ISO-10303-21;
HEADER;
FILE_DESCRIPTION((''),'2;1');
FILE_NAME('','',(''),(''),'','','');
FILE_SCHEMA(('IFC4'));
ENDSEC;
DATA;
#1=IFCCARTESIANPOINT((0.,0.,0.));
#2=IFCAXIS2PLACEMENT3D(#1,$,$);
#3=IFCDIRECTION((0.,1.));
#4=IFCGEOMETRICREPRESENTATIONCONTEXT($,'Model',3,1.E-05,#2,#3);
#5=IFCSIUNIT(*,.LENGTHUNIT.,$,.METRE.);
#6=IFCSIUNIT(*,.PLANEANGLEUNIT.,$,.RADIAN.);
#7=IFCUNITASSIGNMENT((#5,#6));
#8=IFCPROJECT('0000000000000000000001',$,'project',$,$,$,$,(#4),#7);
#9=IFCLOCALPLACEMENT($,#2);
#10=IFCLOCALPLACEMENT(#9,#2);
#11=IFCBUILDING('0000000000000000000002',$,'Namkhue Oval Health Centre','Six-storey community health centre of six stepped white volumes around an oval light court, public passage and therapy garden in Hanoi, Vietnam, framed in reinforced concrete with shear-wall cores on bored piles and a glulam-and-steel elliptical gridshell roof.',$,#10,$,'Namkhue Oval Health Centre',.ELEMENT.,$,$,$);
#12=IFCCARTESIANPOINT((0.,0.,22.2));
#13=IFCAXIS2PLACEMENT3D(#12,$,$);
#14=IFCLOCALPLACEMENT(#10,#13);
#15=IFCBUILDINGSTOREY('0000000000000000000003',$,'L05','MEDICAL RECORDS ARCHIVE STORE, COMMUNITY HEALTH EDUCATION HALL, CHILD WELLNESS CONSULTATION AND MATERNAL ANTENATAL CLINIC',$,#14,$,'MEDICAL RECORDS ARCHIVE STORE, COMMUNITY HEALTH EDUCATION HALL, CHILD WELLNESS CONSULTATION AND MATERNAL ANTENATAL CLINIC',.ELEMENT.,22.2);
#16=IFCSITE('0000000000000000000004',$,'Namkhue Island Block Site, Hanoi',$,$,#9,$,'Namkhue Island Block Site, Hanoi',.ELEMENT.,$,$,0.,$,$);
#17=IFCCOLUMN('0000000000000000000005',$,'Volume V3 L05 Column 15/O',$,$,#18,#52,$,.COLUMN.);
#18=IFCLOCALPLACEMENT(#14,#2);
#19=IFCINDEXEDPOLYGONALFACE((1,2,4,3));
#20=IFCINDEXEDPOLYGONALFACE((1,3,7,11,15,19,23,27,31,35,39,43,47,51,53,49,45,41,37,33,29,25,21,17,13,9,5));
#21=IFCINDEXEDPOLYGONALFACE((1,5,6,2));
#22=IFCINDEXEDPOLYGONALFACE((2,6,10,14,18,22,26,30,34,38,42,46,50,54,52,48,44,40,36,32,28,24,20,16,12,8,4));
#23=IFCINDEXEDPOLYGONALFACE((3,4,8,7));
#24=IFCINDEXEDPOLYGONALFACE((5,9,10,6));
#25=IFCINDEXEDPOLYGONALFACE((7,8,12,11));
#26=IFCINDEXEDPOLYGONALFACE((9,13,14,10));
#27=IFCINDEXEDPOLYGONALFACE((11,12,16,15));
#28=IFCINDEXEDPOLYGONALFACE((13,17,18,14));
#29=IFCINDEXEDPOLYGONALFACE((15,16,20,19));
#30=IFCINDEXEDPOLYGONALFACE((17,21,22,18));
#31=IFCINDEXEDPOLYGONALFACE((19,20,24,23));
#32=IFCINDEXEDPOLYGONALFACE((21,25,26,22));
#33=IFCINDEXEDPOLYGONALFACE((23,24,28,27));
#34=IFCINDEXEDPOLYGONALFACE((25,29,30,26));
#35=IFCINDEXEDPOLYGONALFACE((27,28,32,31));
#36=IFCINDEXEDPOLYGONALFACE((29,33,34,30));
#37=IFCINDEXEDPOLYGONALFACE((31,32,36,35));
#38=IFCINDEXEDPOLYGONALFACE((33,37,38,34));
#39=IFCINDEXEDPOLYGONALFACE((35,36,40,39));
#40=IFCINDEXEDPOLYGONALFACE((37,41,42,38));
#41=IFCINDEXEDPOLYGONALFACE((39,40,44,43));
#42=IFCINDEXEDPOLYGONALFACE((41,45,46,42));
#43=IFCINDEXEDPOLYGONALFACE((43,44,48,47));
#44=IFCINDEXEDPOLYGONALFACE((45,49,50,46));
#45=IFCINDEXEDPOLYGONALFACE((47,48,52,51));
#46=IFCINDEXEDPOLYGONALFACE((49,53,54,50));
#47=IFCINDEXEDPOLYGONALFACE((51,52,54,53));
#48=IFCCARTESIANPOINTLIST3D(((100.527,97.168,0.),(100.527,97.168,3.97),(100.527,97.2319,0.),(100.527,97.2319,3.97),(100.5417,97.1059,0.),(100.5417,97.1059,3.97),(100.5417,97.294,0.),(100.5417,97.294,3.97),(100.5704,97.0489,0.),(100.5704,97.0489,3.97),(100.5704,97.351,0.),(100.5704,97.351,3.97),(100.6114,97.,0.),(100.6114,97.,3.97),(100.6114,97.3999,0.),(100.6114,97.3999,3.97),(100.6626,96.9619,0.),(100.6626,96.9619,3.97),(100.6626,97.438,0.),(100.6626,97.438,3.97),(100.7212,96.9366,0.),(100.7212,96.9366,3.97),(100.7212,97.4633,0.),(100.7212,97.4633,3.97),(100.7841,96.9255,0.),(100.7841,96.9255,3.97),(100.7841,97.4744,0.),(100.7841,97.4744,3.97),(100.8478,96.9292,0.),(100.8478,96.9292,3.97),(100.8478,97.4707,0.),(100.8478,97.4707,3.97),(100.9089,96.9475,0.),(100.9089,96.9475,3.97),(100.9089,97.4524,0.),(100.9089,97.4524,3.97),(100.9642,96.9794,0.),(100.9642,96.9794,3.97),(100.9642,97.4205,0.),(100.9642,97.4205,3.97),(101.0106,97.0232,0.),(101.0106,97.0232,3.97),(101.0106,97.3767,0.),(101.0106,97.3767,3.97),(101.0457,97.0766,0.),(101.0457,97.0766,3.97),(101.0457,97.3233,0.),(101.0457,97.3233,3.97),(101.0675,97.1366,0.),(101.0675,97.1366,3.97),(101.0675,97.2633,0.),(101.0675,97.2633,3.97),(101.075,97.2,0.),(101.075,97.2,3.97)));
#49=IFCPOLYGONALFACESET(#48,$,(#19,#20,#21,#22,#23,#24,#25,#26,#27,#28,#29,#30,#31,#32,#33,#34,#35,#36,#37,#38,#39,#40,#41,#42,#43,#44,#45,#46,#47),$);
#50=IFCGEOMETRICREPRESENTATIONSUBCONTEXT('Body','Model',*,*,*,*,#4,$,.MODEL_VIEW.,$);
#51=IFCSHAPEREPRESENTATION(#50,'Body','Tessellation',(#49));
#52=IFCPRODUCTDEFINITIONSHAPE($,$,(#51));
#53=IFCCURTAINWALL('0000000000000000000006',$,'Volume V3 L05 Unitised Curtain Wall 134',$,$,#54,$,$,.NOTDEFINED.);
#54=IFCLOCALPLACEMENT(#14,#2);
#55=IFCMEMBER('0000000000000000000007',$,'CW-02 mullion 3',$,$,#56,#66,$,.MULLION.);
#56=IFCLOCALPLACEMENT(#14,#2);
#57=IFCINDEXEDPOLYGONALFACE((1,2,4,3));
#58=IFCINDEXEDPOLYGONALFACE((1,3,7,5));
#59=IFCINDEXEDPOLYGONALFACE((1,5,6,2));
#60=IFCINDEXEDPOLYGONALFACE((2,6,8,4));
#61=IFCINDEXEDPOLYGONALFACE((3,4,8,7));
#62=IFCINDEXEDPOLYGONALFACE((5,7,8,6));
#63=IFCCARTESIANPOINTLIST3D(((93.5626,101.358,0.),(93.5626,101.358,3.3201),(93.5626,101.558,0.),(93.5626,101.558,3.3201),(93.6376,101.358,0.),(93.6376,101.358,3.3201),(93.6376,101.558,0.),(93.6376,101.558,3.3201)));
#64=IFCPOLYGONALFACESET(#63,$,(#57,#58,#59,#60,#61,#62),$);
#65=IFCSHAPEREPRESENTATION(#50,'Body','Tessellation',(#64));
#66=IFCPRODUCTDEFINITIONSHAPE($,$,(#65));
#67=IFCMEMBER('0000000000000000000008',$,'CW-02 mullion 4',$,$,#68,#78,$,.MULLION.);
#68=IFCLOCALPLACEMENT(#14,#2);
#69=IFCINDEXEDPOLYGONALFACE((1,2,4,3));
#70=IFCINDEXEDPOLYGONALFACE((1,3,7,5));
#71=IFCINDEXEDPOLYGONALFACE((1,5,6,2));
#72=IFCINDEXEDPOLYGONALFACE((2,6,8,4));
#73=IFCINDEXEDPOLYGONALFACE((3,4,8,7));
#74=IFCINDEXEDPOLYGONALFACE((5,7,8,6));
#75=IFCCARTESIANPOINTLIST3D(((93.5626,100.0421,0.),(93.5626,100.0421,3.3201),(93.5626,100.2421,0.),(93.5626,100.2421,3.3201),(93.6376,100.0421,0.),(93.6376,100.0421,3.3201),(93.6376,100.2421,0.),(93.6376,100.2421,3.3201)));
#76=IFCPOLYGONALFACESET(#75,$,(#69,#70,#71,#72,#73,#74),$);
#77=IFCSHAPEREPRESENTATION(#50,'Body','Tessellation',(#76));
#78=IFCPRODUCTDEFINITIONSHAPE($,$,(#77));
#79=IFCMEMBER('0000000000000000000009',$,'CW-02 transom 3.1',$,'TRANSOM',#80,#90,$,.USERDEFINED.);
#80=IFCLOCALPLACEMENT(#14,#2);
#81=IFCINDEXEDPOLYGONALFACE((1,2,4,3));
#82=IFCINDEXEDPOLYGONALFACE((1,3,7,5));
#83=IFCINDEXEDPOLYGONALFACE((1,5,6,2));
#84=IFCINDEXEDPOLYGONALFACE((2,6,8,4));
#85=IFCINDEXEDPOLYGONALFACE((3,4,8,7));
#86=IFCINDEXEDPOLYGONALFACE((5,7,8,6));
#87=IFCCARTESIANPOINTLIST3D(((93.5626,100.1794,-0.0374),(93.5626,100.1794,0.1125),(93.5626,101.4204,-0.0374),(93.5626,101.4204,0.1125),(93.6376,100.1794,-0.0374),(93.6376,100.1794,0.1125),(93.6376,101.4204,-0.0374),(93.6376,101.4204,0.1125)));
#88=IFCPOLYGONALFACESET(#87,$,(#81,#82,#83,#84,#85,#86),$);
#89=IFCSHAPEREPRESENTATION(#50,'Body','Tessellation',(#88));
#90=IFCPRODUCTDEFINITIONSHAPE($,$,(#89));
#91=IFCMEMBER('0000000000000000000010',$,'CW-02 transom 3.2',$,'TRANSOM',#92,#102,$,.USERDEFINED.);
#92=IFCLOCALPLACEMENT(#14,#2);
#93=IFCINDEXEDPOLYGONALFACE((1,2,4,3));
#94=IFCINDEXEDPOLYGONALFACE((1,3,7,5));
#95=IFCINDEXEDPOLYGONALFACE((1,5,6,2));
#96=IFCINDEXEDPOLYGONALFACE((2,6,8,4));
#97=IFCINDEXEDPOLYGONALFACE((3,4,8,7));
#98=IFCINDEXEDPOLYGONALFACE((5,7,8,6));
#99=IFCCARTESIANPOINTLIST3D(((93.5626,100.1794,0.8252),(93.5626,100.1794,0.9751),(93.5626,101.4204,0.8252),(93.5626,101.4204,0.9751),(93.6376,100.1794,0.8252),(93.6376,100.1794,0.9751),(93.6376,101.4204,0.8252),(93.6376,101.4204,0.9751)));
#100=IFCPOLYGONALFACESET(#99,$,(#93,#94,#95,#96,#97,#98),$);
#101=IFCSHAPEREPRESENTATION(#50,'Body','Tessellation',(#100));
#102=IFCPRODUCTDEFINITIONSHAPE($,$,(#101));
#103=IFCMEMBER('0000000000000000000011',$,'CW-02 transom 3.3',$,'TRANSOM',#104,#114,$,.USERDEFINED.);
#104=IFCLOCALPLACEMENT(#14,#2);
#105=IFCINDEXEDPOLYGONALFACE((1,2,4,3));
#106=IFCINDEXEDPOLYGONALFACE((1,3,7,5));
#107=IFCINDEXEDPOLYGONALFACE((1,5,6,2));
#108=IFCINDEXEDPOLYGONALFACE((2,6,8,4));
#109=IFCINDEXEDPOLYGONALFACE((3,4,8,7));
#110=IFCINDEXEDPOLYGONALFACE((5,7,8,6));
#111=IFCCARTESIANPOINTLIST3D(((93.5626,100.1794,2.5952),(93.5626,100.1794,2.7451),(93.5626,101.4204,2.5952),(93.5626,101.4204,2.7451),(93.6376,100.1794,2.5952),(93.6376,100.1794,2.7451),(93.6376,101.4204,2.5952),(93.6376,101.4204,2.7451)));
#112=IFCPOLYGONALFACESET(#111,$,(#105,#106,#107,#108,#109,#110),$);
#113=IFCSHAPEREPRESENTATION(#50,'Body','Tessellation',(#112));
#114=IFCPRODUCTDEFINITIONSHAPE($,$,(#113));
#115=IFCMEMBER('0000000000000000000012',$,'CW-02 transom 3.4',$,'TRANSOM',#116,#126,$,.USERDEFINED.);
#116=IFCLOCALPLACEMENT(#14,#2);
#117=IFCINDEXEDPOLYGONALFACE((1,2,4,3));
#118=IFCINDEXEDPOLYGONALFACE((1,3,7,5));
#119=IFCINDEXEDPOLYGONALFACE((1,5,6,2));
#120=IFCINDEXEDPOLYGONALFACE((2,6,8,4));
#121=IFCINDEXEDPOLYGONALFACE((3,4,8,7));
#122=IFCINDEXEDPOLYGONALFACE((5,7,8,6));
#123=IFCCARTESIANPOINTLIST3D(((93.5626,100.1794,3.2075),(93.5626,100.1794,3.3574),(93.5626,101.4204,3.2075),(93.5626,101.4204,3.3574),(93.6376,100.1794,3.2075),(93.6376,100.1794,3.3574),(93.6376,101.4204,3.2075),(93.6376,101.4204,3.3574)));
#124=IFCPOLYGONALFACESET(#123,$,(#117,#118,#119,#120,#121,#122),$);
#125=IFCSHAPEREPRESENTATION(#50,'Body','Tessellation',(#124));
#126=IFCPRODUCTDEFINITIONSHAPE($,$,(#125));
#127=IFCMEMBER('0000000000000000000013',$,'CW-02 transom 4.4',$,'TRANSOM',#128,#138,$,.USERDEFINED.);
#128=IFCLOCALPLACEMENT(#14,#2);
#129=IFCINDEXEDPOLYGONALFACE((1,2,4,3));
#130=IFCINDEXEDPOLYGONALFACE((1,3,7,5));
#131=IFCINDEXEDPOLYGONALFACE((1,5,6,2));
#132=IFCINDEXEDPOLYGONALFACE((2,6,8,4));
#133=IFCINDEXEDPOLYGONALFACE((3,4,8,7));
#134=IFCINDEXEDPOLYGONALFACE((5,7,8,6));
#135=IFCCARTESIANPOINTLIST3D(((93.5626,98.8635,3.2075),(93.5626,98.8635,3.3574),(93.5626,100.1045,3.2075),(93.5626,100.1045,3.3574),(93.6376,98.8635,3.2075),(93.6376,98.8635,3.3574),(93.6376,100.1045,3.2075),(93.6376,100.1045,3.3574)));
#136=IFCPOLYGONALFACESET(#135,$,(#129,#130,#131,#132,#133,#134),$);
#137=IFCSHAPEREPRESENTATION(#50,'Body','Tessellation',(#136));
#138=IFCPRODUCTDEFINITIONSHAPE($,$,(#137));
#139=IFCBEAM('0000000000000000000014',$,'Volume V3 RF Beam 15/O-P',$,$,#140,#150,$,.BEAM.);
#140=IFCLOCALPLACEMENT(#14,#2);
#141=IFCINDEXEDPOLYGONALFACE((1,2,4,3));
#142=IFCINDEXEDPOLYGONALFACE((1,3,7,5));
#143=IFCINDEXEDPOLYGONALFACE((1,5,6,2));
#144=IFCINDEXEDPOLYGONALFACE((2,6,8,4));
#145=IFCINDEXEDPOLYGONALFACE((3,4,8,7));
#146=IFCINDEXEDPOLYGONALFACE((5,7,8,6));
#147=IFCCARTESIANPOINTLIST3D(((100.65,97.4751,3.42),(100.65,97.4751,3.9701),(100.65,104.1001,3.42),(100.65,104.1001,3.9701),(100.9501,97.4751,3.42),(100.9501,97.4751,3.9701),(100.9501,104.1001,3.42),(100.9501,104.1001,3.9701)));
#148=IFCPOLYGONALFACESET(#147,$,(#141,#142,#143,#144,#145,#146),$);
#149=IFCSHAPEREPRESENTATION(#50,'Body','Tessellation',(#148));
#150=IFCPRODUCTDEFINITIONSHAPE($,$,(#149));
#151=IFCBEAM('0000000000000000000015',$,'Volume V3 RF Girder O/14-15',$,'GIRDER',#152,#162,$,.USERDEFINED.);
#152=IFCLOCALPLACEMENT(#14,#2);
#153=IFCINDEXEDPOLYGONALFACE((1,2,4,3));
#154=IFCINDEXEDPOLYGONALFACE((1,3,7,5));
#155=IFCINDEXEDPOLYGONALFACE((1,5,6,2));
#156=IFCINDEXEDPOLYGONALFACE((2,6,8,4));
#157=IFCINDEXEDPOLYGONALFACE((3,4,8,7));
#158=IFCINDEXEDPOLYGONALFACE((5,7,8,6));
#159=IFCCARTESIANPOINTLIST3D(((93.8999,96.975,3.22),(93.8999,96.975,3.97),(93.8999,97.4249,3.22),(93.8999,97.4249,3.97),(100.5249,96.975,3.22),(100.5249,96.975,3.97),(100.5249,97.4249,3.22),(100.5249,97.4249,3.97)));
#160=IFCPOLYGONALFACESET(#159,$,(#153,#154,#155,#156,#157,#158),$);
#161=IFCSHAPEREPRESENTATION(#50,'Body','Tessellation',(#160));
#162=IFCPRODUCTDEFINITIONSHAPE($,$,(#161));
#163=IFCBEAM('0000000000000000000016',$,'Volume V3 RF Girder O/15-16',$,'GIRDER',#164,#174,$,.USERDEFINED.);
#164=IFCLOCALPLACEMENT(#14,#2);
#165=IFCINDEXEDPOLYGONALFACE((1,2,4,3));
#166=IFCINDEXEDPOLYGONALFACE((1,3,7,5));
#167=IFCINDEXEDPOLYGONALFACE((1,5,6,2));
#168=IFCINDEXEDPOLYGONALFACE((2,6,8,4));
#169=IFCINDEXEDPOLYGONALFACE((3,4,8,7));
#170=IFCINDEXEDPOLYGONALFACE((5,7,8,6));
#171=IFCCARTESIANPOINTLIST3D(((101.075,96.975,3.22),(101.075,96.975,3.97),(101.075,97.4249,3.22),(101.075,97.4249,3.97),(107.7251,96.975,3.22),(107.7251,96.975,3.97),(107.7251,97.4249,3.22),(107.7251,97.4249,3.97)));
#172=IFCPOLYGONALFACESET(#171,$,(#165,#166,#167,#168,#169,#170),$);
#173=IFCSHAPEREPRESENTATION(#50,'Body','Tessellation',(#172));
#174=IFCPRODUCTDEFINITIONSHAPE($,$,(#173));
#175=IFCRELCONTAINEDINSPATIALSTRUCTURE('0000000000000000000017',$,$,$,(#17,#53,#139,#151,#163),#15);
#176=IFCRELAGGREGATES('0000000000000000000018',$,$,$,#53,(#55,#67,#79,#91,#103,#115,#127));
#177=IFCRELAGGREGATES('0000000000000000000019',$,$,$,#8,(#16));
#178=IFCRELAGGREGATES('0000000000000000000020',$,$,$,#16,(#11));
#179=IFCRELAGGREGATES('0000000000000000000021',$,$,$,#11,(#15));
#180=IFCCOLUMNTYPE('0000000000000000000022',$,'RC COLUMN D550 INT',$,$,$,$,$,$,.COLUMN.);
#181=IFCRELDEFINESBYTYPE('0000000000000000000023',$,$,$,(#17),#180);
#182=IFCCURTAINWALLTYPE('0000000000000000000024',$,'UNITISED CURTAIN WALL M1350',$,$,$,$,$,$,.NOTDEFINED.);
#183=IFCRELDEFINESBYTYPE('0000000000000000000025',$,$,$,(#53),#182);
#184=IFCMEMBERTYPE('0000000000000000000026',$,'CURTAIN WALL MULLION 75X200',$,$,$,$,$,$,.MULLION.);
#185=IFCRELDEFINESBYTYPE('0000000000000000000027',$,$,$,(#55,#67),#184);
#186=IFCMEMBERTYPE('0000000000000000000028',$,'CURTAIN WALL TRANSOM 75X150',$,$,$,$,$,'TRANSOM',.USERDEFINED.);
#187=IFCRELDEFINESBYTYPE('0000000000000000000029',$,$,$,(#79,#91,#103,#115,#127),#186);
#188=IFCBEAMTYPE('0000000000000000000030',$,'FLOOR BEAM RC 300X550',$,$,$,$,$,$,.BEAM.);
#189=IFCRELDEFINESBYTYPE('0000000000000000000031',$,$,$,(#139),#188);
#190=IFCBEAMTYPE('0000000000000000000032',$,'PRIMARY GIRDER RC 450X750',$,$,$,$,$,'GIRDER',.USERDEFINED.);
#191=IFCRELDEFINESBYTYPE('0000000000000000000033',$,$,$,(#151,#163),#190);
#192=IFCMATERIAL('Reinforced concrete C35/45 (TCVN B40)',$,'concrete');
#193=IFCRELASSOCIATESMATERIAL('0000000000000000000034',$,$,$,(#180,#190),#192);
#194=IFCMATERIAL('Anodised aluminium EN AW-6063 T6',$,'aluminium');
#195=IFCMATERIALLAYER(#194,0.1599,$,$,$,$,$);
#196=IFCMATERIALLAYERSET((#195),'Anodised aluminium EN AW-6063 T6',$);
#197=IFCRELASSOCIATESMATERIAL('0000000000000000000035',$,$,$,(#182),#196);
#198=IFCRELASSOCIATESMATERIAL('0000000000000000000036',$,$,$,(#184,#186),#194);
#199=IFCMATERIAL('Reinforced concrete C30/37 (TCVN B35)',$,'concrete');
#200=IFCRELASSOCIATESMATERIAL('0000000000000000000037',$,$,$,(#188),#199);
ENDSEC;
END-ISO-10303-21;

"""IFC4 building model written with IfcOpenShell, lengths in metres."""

from ifc_helpers import new_model, si_unit, direction, frame, origin, origin_2d, place, context, subcontext, project, spatial, rectangle, circle, extrude, material, layer, layer_set, material_profile, profile_set, type_object, element, aggregate, save


model = new_model("IFC4")

# Units and contexts
model_context = context("Model", 3, precision=1e-05, world=origin(), true_north=direction((0.0, 1.0)))
body_context = subcontext(model_context, "Body", "Model", "MODEL_VIEW")
ifc_project = project(units=[si_unit("LENGTHUNIT", "METRE"), si_unit("PLANEANGLEUNIT", "RADIAN")], contexts=[model_context])

# Site, building, storey
site_placement = place(None, origin())
site = spatial("IfcSite", under=ifc_project, at=site_placement, Name="Namkhue Island Block Site, Hanoi", LongName="Namkhue Island Block Site, Hanoi", CompositionType="ELEMENT", RefElevation=0.0)
building_placement = place(site_placement, origin())
building = spatial("IfcBuilding", under=site, at=building_placement, Name="Namkhue Oval Health Centre", Description="Six-storey community health centre of six stepped white volumes around an oval light court, public passage and therapy garden in Hanoi, Vietnam, framed in reinforced concrete with shear-wall cores on bored piles and a glulam-and-steel elliptical gridshell roof.", LongName="Namkhue Oval Health Centre", CompositionType="ELEMENT")
storey_placement = place(building_placement, frame((0.0, 0.0, 22.2)))
storey = spatial("IfcBuildingStorey", under=building, at=storey_placement, Name="L05", Description="MEDICAL RECORDS ARCHIVE STORE, COMMUNITY HEALTH EDUCATION HALL, CHILD WELLNESS CONSULTATION AND MATERNAL ANTENATAL CLINIC", LongName="MEDICAL RECORDS ARCHIVE STORE, COMMUNITY HEALTH EDUCATION HALL, CHILD WELLNESS CONSULTATION AND MATERNAL ANTENATAL CLINIC", CompositionType="ELEMENT", Elevation=22.2)

# Column
ifc_material_1 = material(Name="Reinforced concrete C35/45 (TCVN B40)", Category="concrete")
ifc_material_profile_1 = material_profile(ifc_material_1, circle(Radius=0.2749, at=origin_2d()), Name="RC D550")
ifc_profile_set_1 = profile_set([ifc_material_profile_1], Name="Reinforced concrete C35/45 (TCVN B40)")
column_type = type_object("IfcColumnType", Name="RC COLUMN D550 INT", PredefinedType="COLUMN", material=ifc_profile_set_1)
column_placement = place(storey_placement, frame((100.8, 97.2, 0.0), z_axis=(0.0, 0.0, 1.0), x_axis=(1.0, 0.0, 0.0)))
element("IfcColumn", 1, at=column_placement, inside=storey, type_object=column_type, Name="Volume V3 L05 Column 15/O", PredefinedType="COLUMN", context=body_context, shape_type="SweptSolid", body=[
    extrude(circle(Radius=0.2749, at=origin_2d()), origin(), (0.0, 0.0, 1.0), 3.97),
])

# Curtain wall, members
ifc_material_2 = material(Name="Anodised aluminium EN AW-6063 T6", Category="aluminium")
ifc_layer_1 = layer(ifc_material_2, 0.1599)
ifc_layer_set_1 = layer_set([ifc_layer_1], Name="Anodised aluminium EN AW-6063 T6")
curtain_wall_type = type_object("IfcCurtainWallType", Name="UNITISED CURTAIN WALL M1350", PredefinedType="NOTDEFINED", material=ifc_layer_set_1)
curtain_wall_placement = place(storey_placement, origin())
curtain_wall = element("IfcCurtainWall", 2, at=curtain_wall_placement, inside=storey, type_object=curtain_wall_type, Name="Volume V3 L05 Unitised Curtain Wall 134", PredefinedType="NOTDEFINED")
ifc_material_profile_2 = material_profile(ifc_material_2, rectangle(XDim=0.075, YDim=0.2, at=origin_2d()), Name="ALU 75x200")
ifc_profile_set_2 = profile_set([ifc_material_profile_2], Name="Anodised aluminium EN AW-6063 T6")
member_type_1 = type_object("IfcMemberType", Name="CURTAIN WALL MULLION 75X200", PredefinedType="MULLION", material=ifc_profile_set_2)
member_1_placement = place(storey_placement, frame((93.6001, 101.458, 0.0), z_axis=(0.0, 0.0, 1.0), x_axis=(1.0, 0.0, 0.0)))
member_1 = element("IfcMember", 3, at=member_1_placement, type_object=member_type_1, Name="CW-02 mullion 3", PredefinedType="MULLION", context=body_context, shape_type="SweptSolid", body=[
    extrude(rectangle(XDim=0.075, YDim=0.2, at=origin_2d()), origin(), (0.0, 0.0, 1.0), 3.3201),
])
member_2_placement = place(storey_placement, frame((93.6001, 100.1421, 0.0), z_axis=(0.0, 0.0, 1.0), x_axis=(1.0, 0.0, 0.0)))
member_2 = element("IfcMember", 4, at=member_2_placement, type_object=member_type_1, Name="CW-02 mullion 4", PredefinedType="MULLION", context=body_context, shape_type="SweptSolid", body=[
    extrude(rectangle(XDim=0.075, YDim=0.2, at=origin_2d()), origin(), (0.0, 0.0, 1.0), 3.3201),
])
ifc_material_profile_3 = material_profile(ifc_material_2, rectangle(XDim=0.075, YDim=0.1499, at=origin_2d()), Name="ALU 75x150")
ifc_profile_set_3 = profile_set([ifc_material_profile_3], Name="Anodised aluminium EN AW-6063 T6")
member_type_2 = type_object("IfcMemberType", Name="CURTAIN WALL TRANSOM 75X150", ElementType="TRANSOM", PredefinedType="USERDEFINED", material=ifc_profile_set_3)
member_3_placement = place(storey_placement, frame((93.6001, 101.4204, 0.0376), z_axis=(0.0, -1.0, 0.0), x_axis=(1.0, 0.0, 0.0)))
member_3 = element("IfcMember", 5, at=member_3_placement, type_object=member_type_2, Name="CW-02 transom 3.1", ObjectType="TRANSOM", PredefinedType="USERDEFINED", context=body_context, shape_type="SweptSolid", body=[
    extrude(rectangle(XDim=0.075, YDim=0.1499, at=origin_2d()), origin(), (0.0, 0.0, 1.0), 1.241),
])
member_4_placement = place(storey_placement, frame((93.6001, 101.4204, 0.9001), z_axis=(0.0, -1.0, 0.0), x_axis=(1.0, 0.0, 0.0)))
member_4 = element("IfcMember", 6, at=member_4_placement, type_object=member_type_2, Name="CW-02 transom 3.2", ObjectType="TRANSOM", PredefinedType="USERDEFINED", context=body_context, shape_type="SweptSolid", body=[
    extrude(rectangle(XDim=0.075, YDim=0.1499, at=origin_2d()), origin(), (0.0, 0.0, 1.0), 1.241),
])
member_5_placement = place(storey_placement, frame((93.6001, 101.4204, 2.6702), z_axis=(0.0, -1.0, 0.0), x_axis=(1.0, 0.0, 0.0)))
member_5 = element("IfcMember", 7, at=member_5_placement, type_object=member_type_2, Name="CW-02 transom 3.3", ObjectType="TRANSOM", PredefinedType="USERDEFINED", context=body_context, shape_type="SweptSolid", body=[
    extrude(rectangle(XDim=0.075, YDim=0.1499, at=origin_2d()), origin(), (0.0, 0.0, 1.0), 1.241),
])
member_6_placement = place(storey_placement, frame((93.6001, 101.4204, 3.2825), z_axis=(0.0, -1.0, 0.0), x_axis=(1.0, 0.0, 0.0)))
member_6 = element("IfcMember", 8, at=member_6_placement, type_object=member_type_2, Name="CW-02 transom 3.4", ObjectType="TRANSOM", PredefinedType="USERDEFINED", context=body_context, shape_type="SweptSolid", body=[
    extrude(rectangle(XDim=0.075, YDim=0.1499, at=origin_2d()), origin(), (0.0, 0.0, 1.0), 1.241),
])
member_7_placement = place(storey_placement, frame((93.6001, 100.1045, 3.2825), z_axis=(0.0, -1.0, 0.0), x_axis=(1.0, 0.0, 0.0)))
member_7 = element("IfcMember", 9, at=member_7_placement, type_object=member_type_2, Name="CW-02 transom 4.4", ObjectType="TRANSOM", PredefinedType="USERDEFINED", context=body_context, shape_type="SweptSolid", body=[
    extrude(rectangle(XDim=0.075, YDim=0.1499, at=origin_2d()), origin(), (0.0, 0.0, 1.0), 1.241),
])

# Beams
ifc_material_3 = material(Name="Reinforced concrete C30/37 (TCVN B35)", Category="concrete")
ifc_material_profile_4 = material_profile(ifc_material_3, rectangle(XDim=0.3, YDim=0.55, at=origin_2d()), Name="RC 300x550")
ifc_profile_set_4 = profile_set([ifc_material_profile_4], Name="Reinforced concrete C30/37 (TCVN B35)")
beam_type_1 = type_object("IfcBeamType", Name="FLOOR BEAM RC 300X550", PredefinedType="BEAM", material=ifc_profile_set_4)
beam_1_placement = place(storey_placement, frame((100.8, 97.4751, 3.6951), z_axis=(0.0, 1.0, 0.0), x_axis=(-1.0, 0.0, 0.0)))
element("IfcBeam", 10, at=beam_1_placement, inside=storey, type_object=beam_type_1, Name="Volume V3 RF Beam 15/O-P", PredefinedType="BEAM", context=body_context, shape_type="SweptSolid", body=[
    extrude(rectangle(XDim=0.3, YDim=0.55, at=origin_2d()), origin(), (0.0, 0.0, 1.0), 6.625),
])
ifc_material_profile_5 = material_profile(ifc_material_1, rectangle(XDim=0.45, YDim=0.75, at=origin_2d()), Name="RC 450x750")
ifc_profile_set_5 = profile_set([ifc_material_profile_5], Name="Reinforced concrete C35/45 (TCVN B40)")
beam_type_2 = type_object("IfcBeamType", Name="PRIMARY GIRDER RC 450X750", ElementType="GIRDER", PredefinedType="USERDEFINED", material=ifc_profile_set_5)
beam_2_placement = place(storey_placement, frame((93.8999, 97.2, 3.595), z_axis=(1.0, 0.0, 0.0), x_axis=(0.0, 1.0, 0.0)))
element("IfcBeam", 11, at=beam_2_placement, inside=storey, type_object=beam_type_2, Name="Volume V3 RF Girder O/14-15", ObjectType="GIRDER", PredefinedType="USERDEFINED", context=body_context, shape_type="SweptSolid", body=[
    extrude(rectangle(XDim=0.45, YDim=0.75, at=origin_2d()), origin(), (0.0, 0.0, 1.0), 6.625),
])
beam_3_placement = place(storey_placement, frame((101.075, 97.2, 3.595), z_axis=(1.0, 0.0, 0.0), x_axis=(0.0, 1.0, 0.0)))
element("IfcBeam", 12, at=beam_3_placement, inside=storey, type_object=beam_type_2, Name="Volume V3 RF Girder O/15-16", ObjectType="GIRDER", PredefinedType="USERDEFINED", context=body_context, shape_type="SweptSolid", body=[
    extrude(rectangle(XDim=0.45, YDim=0.75, at=origin_2d()), origin(), (0.0, 0.0, 1.0), 6.6501),
])

aggregate(curtain_wall, [member_1, member_2, member_3, member_4, member_5, member_6, member_7])

save(model, "model.ifc")
